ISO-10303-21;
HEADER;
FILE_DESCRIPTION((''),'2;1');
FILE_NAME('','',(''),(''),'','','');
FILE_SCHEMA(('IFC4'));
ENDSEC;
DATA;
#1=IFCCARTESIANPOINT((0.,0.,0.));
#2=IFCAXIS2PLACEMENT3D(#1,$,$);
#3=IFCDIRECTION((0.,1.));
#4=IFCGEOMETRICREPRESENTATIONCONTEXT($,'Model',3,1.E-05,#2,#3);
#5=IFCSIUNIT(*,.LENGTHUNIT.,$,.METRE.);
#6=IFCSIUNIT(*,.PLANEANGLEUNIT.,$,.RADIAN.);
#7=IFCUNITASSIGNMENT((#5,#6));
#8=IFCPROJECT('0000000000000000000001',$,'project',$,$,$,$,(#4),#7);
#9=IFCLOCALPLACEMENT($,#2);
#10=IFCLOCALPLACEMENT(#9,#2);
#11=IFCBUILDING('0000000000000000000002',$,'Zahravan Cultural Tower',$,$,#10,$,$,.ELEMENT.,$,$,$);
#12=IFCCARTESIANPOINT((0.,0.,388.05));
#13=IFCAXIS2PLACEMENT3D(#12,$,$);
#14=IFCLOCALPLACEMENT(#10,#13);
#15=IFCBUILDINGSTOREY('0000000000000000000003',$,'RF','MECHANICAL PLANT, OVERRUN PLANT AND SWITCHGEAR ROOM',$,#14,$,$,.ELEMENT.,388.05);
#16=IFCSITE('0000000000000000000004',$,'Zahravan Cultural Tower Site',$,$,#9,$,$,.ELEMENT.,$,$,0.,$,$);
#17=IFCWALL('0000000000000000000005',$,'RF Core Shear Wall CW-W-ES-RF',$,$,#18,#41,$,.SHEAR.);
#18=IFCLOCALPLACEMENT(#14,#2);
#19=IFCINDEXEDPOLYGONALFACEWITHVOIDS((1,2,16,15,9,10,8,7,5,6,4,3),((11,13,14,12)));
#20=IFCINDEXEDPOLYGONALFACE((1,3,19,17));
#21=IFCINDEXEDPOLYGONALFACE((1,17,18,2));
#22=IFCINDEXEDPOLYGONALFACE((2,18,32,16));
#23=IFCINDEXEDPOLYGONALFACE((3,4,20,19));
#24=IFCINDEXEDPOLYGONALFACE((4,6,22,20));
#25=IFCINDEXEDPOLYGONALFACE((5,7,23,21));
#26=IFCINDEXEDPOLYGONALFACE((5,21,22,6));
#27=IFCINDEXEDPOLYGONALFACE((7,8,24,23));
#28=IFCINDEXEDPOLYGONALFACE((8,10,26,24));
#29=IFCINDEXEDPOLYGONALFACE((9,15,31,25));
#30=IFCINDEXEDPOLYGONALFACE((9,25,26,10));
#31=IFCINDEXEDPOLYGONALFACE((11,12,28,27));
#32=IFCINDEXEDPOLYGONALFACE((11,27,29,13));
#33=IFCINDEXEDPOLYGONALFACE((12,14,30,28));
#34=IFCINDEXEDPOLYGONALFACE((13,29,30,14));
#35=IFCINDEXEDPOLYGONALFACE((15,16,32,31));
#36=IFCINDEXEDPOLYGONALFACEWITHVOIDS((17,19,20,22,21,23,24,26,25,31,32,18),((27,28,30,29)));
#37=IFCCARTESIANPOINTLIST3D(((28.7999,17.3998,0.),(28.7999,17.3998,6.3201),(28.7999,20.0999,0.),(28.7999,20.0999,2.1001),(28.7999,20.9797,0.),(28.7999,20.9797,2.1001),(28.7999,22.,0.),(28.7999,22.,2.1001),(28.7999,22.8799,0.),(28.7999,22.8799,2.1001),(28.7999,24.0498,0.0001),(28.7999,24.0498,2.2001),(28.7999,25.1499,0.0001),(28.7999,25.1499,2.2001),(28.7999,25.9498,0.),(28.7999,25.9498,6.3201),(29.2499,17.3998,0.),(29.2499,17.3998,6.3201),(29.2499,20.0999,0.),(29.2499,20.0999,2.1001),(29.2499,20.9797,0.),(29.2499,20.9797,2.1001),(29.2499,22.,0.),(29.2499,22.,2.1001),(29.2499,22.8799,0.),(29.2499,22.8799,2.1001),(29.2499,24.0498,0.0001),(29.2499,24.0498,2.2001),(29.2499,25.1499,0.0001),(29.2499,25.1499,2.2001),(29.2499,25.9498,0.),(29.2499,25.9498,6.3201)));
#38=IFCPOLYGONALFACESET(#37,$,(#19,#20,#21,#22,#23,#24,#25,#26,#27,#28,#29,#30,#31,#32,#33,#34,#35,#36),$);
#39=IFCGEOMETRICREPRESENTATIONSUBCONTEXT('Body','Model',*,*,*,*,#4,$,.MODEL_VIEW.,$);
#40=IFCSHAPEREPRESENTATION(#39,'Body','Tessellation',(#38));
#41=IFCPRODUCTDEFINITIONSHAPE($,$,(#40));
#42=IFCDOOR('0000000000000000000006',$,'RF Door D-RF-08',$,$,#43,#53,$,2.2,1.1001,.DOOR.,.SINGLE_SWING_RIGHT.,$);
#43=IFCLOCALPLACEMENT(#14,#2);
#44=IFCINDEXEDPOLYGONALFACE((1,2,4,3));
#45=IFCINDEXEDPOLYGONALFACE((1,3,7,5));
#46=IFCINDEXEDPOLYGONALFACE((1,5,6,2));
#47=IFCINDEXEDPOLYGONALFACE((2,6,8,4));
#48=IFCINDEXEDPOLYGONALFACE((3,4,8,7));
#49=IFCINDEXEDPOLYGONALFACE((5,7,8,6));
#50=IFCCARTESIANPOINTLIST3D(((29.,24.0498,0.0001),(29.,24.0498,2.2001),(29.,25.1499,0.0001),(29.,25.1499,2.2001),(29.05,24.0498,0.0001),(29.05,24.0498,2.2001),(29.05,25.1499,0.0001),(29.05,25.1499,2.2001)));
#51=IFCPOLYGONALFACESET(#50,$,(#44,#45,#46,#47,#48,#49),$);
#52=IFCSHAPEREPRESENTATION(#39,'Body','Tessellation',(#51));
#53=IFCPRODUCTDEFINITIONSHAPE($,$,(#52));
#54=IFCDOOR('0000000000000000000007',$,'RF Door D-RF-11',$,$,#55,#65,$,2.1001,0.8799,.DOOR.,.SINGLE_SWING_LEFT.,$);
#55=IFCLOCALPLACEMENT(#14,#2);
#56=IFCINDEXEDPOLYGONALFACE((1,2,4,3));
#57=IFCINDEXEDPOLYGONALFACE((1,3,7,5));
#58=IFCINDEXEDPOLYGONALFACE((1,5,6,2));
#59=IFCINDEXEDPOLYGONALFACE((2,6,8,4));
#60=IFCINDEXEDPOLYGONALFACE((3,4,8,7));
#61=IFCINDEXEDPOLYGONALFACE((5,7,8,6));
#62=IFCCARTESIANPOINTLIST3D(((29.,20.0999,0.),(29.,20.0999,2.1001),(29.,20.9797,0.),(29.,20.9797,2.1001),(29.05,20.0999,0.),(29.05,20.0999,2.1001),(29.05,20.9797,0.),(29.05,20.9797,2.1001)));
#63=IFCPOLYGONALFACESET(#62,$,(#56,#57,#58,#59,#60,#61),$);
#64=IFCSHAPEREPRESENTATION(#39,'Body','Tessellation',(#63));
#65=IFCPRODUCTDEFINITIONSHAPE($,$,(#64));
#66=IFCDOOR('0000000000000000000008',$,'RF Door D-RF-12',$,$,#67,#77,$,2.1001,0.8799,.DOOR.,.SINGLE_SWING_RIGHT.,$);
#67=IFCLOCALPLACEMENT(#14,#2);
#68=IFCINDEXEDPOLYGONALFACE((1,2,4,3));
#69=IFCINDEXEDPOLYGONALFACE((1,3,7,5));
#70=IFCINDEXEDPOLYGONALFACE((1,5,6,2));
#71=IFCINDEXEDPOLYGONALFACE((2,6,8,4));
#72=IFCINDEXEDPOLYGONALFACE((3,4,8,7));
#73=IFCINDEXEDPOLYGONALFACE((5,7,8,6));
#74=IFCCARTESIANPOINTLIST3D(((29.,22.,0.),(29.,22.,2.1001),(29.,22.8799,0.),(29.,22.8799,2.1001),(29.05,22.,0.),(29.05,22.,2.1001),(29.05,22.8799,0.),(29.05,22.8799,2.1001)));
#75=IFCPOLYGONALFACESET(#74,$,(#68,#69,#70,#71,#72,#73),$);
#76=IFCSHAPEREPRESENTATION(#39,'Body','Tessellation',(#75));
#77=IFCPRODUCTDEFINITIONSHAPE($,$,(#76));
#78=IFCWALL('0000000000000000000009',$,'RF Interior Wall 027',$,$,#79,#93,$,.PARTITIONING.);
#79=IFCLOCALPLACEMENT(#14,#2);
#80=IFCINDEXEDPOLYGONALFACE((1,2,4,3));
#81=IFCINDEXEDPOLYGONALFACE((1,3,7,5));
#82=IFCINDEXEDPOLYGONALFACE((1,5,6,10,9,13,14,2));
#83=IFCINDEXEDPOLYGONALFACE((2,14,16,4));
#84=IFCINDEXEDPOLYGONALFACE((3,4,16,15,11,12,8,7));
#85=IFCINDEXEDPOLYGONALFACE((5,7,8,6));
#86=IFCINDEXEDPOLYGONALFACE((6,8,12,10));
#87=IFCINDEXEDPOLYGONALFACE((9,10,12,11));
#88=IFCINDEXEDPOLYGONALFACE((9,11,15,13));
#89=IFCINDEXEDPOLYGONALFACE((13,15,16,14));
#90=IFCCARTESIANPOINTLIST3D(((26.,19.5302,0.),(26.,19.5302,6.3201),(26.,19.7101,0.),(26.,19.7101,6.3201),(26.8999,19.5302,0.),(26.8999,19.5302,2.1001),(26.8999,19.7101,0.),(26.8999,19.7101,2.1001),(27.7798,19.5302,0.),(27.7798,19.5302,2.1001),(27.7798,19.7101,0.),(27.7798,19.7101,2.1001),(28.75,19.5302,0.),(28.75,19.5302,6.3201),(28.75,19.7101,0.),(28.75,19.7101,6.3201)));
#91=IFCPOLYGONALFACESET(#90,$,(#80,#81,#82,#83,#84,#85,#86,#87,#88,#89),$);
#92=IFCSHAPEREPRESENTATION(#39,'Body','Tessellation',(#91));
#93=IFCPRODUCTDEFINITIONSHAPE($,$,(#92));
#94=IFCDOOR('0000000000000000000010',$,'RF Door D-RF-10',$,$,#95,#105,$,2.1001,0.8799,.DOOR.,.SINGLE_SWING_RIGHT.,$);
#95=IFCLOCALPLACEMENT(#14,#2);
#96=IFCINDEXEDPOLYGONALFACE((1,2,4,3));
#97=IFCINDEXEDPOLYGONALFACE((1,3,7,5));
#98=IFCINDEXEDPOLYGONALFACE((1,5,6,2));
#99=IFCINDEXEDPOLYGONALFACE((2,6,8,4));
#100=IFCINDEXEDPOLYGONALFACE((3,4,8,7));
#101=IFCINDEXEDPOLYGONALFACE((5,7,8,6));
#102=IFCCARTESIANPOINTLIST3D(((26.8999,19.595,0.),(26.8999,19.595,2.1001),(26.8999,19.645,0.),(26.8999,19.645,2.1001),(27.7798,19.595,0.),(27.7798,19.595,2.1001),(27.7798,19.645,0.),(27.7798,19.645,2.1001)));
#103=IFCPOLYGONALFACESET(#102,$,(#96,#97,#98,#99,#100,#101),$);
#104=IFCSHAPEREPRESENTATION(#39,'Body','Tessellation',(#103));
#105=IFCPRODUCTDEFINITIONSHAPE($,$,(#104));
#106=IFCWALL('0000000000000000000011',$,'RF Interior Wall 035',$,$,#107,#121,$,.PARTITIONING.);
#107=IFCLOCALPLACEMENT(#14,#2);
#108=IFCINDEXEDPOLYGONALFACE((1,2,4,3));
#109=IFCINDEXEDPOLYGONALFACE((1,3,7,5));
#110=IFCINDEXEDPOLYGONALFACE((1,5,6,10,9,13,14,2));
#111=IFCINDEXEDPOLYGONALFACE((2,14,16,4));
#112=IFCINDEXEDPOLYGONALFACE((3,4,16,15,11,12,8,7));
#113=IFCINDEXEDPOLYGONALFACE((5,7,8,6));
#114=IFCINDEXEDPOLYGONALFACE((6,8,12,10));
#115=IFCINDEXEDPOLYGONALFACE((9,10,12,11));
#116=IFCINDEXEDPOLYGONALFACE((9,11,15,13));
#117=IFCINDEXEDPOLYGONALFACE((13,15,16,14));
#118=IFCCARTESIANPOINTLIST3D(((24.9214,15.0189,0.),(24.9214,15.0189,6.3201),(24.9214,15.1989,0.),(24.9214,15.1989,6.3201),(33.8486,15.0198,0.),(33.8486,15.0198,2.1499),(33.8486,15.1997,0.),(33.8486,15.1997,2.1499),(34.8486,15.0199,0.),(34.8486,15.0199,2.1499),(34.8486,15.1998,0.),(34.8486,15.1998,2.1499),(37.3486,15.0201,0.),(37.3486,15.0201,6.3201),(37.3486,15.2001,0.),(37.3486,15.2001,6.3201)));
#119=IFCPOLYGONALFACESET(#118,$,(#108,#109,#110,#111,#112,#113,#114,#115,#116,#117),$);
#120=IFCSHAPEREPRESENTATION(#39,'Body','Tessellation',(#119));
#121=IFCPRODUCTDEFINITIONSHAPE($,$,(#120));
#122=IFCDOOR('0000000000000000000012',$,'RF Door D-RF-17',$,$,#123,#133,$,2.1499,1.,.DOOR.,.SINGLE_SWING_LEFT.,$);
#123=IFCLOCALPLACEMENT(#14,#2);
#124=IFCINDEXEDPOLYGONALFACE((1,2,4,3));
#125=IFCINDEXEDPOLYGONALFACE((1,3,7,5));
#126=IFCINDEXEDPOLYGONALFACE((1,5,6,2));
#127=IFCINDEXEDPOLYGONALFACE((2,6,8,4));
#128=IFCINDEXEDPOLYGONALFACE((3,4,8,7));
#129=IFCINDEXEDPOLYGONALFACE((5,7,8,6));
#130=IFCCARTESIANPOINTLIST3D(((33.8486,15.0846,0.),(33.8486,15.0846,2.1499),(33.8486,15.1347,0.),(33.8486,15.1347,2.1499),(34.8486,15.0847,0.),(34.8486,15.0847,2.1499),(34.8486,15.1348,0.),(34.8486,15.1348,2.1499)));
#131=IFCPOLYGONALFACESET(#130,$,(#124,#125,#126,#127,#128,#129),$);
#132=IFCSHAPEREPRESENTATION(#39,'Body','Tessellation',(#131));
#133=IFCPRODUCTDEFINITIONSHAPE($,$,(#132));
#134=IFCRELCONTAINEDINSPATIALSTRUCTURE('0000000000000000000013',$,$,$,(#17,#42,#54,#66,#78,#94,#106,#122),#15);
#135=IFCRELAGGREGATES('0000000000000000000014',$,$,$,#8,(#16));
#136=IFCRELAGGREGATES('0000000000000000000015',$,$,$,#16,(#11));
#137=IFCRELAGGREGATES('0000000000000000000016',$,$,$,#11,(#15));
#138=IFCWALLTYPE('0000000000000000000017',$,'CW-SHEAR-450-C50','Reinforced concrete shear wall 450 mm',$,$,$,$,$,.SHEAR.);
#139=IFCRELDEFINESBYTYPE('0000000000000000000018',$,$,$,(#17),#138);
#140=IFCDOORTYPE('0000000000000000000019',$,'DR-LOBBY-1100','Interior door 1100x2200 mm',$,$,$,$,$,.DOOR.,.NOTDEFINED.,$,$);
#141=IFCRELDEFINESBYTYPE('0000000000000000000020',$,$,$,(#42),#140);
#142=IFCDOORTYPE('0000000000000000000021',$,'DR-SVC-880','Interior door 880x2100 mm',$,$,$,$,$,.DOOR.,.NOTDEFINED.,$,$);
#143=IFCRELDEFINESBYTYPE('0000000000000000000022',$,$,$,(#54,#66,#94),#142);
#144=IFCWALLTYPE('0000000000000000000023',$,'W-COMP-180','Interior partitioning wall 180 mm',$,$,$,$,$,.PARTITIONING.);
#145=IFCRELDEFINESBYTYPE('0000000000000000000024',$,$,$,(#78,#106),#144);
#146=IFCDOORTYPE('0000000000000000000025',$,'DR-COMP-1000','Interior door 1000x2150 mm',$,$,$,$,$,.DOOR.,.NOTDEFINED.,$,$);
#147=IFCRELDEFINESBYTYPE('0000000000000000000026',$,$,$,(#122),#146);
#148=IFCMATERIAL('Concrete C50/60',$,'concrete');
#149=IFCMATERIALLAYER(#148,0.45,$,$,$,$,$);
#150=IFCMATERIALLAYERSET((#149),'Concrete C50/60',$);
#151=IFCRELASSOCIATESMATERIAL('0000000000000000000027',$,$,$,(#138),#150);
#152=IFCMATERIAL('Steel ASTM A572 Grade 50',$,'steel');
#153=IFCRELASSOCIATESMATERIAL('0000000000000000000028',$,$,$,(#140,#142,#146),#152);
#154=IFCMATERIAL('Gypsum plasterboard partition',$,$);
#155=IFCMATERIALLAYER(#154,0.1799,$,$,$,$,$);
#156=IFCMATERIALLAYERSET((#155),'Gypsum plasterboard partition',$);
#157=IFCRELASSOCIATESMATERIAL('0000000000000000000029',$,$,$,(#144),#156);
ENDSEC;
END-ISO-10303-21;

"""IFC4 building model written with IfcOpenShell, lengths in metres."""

from ifc_helpers import new_model, si_unit, direction, frame, frame_2d, origin, place, context, subcontext, project, spatial, rectangle, extrude, source, transform, mapped, material, layer, layer_set, type_object, element, fill, save


model = new_model("IFC4")

# Units and contexts
model_context = context("Model", 3, precision=1e-05, world=origin(), true_north=direction((0.0, 1.0)))
body_context = subcontext(model_context, "Body", "Model", "MODEL_VIEW")
ifc_project = project(units=[si_unit("LENGTHUNIT", "METRE"), si_unit("PLANEANGLEUNIT", "RADIAN")], contexts=[model_context])

# Site, building, storey
site_placement = place(None, origin())
site = spatial("IfcSite", under=ifc_project, at=site_placement, Name="Zahravan Cultural Tower Site", CompositionType="ELEMENT", RefElevation=0.0)
building_placement = place(site_placement, origin())
building = spatial("IfcBuilding", under=site, at=building_placement, Name="Zahravan Cultural Tower", CompositionType="ELEMENT")
storey_placement = place(building_placement, frame((0.0, 0.0, 388.05)))
storey = spatial("IfcBuildingStorey", under=building, at=storey_placement, Name="RF", Description="MECHANICAL PLANT, OVERRUN PLANT AND SWITCHGEAR ROOM", CompositionType="ELEMENT", Elevation=388.05)

# Shared definitions
ifc_material_1 = material(Name="Steel ASTM A572 Grade 50", Category="steel")

# Shared definitions
ifc_material_2 = material(Name="Concrete C50/60", Category="concrete")

# Wall, openings, doors
ifc_layer_1 = layer(ifc_material_2, 0.45)
ifc_layer_set_1 = layer_set([ifc_layer_1], Name="Concrete C50/60")
wall_type_1 = type_object("IfcWallType", Name="CW-SHEAR-450-C50", Description="Reinforced concrete shear wall 450 mm", PredefinedType="SHEAR", material=ifc_layer_set_1)
wall_1_placement = place(storey_placement, frame((29.0249, 17.3999, 0.0), z_axis=(0.0, 0.0, 1.0), x_axis=(0.0, 1.0, 0.0)))
wall_1 = element("IfcWall", 1, at=wall_1_placement, inside=storey, type_object=wall_type_1, Name="RF Core Shear Wall CW-W-ES-RF", PredefinedType="SHEAR", context=body_context, shape_type="SweptSolid", body=[
    extrude(rectangle(XDim=8.55, YDim=0.45, at=frame_2d((4.2749, 0.0))), origin(), (0.0, 0.0, 1.0), 6.3201),
])
opening_1_placement = place(wall_1_placement, frame((6.6499, 0.0, 0.0)))
opening_1 = element("IfcOpeningElement", 2, at=opening_1_placement, cuts=wall_1, PredefinedType="OPENING", context=body_context, shape_type="SweptSolid", body=[
    extrude(rectangle(XDim=1.1001, YDim=2.2, at=frame_2d((0.55, 1.1001))), frame((0.0, 0.2349, 0.0), z_axis=(0.0, -1.0, 0.0), x_axis=(1.0, 0.0, 0.0)), (0.0, 0.0, 1.0), 0.47),
])
opening_2_placement = place(wall_1_placement, frame((2.7, 0.0, 0.0)))
opening_2 = element("IfcOpeningElement", 3, at=opening_2_placement, cuts=wall_1, PredefinedType="OPENING", context=body_context, shape_type="SweptSolid", body=[
    extrude(rectangle(XDim=0.8799, YDim=2.1001, at=frame_2d((0.4399, 1.05))), frame((0.0, 0.2349, 0.0), z_axis=(0.0, -1.0, 0.0), x_axis=(1.0, 0.0, 0.0)), (0.0, 0.0, 1.0), 0.47),
])
opening_3_placement = place(wall_1_placement, frame((4.6001, 0.0, 0.0)))
opening_3 = element("IfcOpeningElement", 4, at=opening_3_placement, cuts=wall_1, PredefinedType="OPENING", context=body_context, shape_type="SweptSolid", body=[
    extrude(rectangle(XDim=0.8799, YDim=2.1001, at=frame_2d((0.4399, 1.05))), frame((0.0, 0.2349, 0.0), z_axis=(0.0, -1.0, 0.0), x_axis=(1.0, 0.0, 0.0)), (0.0, 0.0, 1.0), 0.47),
])
door_type_1 = type_object("IfcDoorType", Name="DR-LOBBY-1100", Description="Interior door 1100x2200 mm", OperationType="NOTDEFINED", PredefinedType="DOOR", material=ifc_material_1)
shared_shape_1 = source(origin(), body_context, "Body", "SweptSolid", [
    extrude(rectangle(XDim=1.1001, YDim=2.2, at=frame_2d((0.55, 1.1001))), frame((0.0, 0.0249, 0.0), z_axis=(0.0, -1.0, 0.0), x_axis=(1.0, 0.0, 0.0)), (0.0, 0.0, 1.0), 0.05),
])
door_1_placement = place(opening_1_placement, origin())
door_1 = element("IfcDoor", 5, at=door_1_placement, inside=storey, type_object=door_type_1, Name="RF Door D-RF-08", OperationType="SINGLE_SWING_RIGHT", OverallHeight=2.2, OverallWidth=1.1001, PredefinedType="DOOR", context=body_context, shape_type="MappedRepresentation", body=[
    mapped(shared_shape_1, transform((0.0, 0.0, 0.0), x_axis=(1.0, 0.0, 0.0), y_axis=(0.0, 1.0, 0.0), z_axis=(0.0, 0.0, 1.0), scale=1.0)),
])
fill(opening_1, door_1)
door_type_2 = type_object("IfcDoorType", Name="DR-SVC-880", Description="Interior door 880x2100 mm", OperationType="NOTDEFINED", PredefinedType="DOOR", material=ifc_material_1)
shared_shape_2 = source(origin(), body_context, "Body", "SweptSolid", [
    extrude(rectangle(XDim=0.8799, YDim=2.1001, at=frame_2d((0.4399, 1.05))), frame((0.0, 0.0249, 0.0), z_axis=(0.0, -1.0, 0.0), x_axis=(1.0, 0.0, 0.0)), (0.0, 0.0, 1.0), 0.05),
])
door_2_placement = place(opening_2_placement, origin())
door_2 = element("IfcDoor", 6, at=door_2_placement, inside=storey, type_object=door_type_2, Name="RF Door D-RF-11", OperationType="SINGLE_SWING_LEFT", OverallHeight=2.1001, OverallWidth=0.8799, PredefinedType="DOOR", context=body_context, shape_type="MappedRepresentation", body=[
    mapped(shared_shape_2, transform((0.0, 0.0, 0.0), x_axis=(1.0, 0.0, 0.0), y_axis=(0.0, 1.0, 0.0), z_axis=(0.0, 0.0, 1.0), scale=1.0)),
])
fill(opening_2, door_2)
door_3_placement = place(opening_3_placement, origin())
door_3 = element("IfcDoor", 7, at=door_3_placement, inside=storey, type_object=door_type_2, Name="RF Door D-RF-12", OperationType="SINGLE_SWING_RIGHT", OverallHeight=2.1001, OverallWidth=0.8799, PredefinedType="DOOR", context=body_context, shape_type="MappedRepresentation", body=[
    mapped(shared_shape_2, transform((0.0, 0.0, 0.0), x_axis=(1.0, 0.0, 0.0), y_axis=(0.0, 1.0, 0.0), z_axis=(0.0, 0.0, 1.0), scale=1.0)),
])
fill(opening_3, door_3)

# Walls, openings, doors
ifc_material_3 = material(Name="Gypsum plasterboard partition")
ifc_layer_2 = layer(ifc_material_3, 0.1799)
ifc_layer_set_2 = layer_set([ifc_layer_2], Name="Gypsum plasterboard partition")
wall_type_2 = type_object("IfcWallType", Name="W-COMP-180", Description="Interior partitioning wall 180 mm", PredefinedType="PARTITIONING", material=ifc_layer_set_2)
wall_2_placement = place(storey_placement, frame((26.0, 19.6201, 0.0), z_axis=(0.0, 0.0, 1.0), x_axis=(1.0, 0.0, 0.0)))
wall_2 = element("IfcWall", 8, at=wall_2_placement, inside=storey, type_object=wall_type_2, Name="RF Interior Wall 027", PredefinedType="PARTITIONING", context=body_context, shape_type="SweptSolid", body=[
    extrude(rectangle(XDim=2.75, YDim=0.1799, at=frame_2d((1.375, 0.0))), origin(), (0.0, 0.0, 1.0), 6.3201),
])
opening_4_placement = place(wall_2_placement, frame((0.8999, 0.0, 0.0)))
opening_4 = element("IfcOpeningElement", 9, at=opening_4_placement, cuts=wall_2, PredefinedType="OPENING", context=body_context, shape_type="SweptSolid", body=[
    extrude(rectangle(XDim=0.8799, YDim=2.1001, at=frame_2d((0.4399, 1.05))), frame((0.0, 0.0999, 0.0), z_axis=(0.0, -1.0, 0.0), x_axis=(1.0, 0.0, 0.0)), (0.0, 0.0, 1.0), 0.2),
])
door_4_placement = place(opening_4_placement, origin())
door_4 = element("IfcDoor", 10, at=door_4_placement, inside=storey, type_object=door_type_2, Name="RF Door D-RF-10", OperationType="SINGLE_SWING_RIGHT", OverallHeight=2.1001, OverallWidth=0.8799, PredefinedType="DOOR", context=body_context, shape_type="MappedRepresentation", body=[
    mapped(shared_shape_2, transform((0.0, 0.0, 0.0), x_axis=(1.0, 0.0, 0.0), y_axis=(0.0, 1.0, 0.0), z_axis=(0.0, 0.0, 1.0), scale=1.0)),
])
fill(opening_4, door_4)
wall_3_placement = place(storey_placement, frame((24.9214, 15.1089, 0.0), z_axis=(0.0, 0.0, 1.0), x_axis=(1.0, 0.000098, 0.0)))
wall_3 = element("IfcWall", 11, at=wall_3_placement, inside=storey, type_object=wall_type_2, Name="RF Interior Wall 035", PredefinedType="PARTITIONING", context=body_context, shape_type="SweptSolid", body=[
    extrude(rectangle(XDim=12.4272, YDim=0.1799, at=frame_2d((6.2136, 0.0))), origin(), (0.0, 0.0, 1.0), 6.3201),
])
opening_5_placement = place(wall_3_placement, frame((8.9272, 0.0, 0.0)))
opening_5 = element("IfcOpeningElement", 12, at=opening_5_placement, cuts=wall_3, PredefinedType="OPENING", context=body_context, shape_type="SweptSolid", body=[
    extrude(rectangle(XDim=1.0, YDim=2.1499, at=frame_2d((0.5, 1.075))), frame((0.0, 0.0999, 0.0), z_axis=(0.0, -1.0, 0.0), x_axis=(1.0, 0.0, 0.0)), (0.0, 0.0, 1.0), 0.2),
])
door_type_3 = type_object("IfcDoorType", Name="DR-COMP-1000", Description="Interior door 1000x2150 mm", OperationType="NOTDEFINED", PredefinedType="DOOR", material=ifc_material_1)
shared_shape_3 = source(origin(), body_context, "Body", "SweptSolid", [
    extrude(rectangle(XDim=1.0, YDim=2.1499, at=frame_2d((0.5, 1.075))), frame((0.0, 0.0249, 0.0), z_axis=(0.0, -1.0, 0.0), x_axis=(1.0, 0.0, 0.0)), (0.0, 0.0, 1.0), 0.05),
])
door_5_placement = place(opening_5_placement, origin())
door_5 = element("IfcDoor", 13, at=door_5_placement, inside=storey, type_object=door_type_3, Name="RF Door D-RF-17", OperationType="SINGLE_SWING_LEFT", OverallHeight=2.1499, OverallWidth=1.0, PredefinedType="DOOR", context=body_context, shape_type="MappedRepresentation", body=[
    mapped(shared_shape_3, transform((0.0, 0.0, 0.0), x_axis=(1.0, 0.0, 0.0), y_axis=(0.0, 1.0, 0.0), z_axis=(0.0, 0.0, 1.0), scale=1.0)),
])
fill(opening_5, door_5)

save(model, "model.ifc")
